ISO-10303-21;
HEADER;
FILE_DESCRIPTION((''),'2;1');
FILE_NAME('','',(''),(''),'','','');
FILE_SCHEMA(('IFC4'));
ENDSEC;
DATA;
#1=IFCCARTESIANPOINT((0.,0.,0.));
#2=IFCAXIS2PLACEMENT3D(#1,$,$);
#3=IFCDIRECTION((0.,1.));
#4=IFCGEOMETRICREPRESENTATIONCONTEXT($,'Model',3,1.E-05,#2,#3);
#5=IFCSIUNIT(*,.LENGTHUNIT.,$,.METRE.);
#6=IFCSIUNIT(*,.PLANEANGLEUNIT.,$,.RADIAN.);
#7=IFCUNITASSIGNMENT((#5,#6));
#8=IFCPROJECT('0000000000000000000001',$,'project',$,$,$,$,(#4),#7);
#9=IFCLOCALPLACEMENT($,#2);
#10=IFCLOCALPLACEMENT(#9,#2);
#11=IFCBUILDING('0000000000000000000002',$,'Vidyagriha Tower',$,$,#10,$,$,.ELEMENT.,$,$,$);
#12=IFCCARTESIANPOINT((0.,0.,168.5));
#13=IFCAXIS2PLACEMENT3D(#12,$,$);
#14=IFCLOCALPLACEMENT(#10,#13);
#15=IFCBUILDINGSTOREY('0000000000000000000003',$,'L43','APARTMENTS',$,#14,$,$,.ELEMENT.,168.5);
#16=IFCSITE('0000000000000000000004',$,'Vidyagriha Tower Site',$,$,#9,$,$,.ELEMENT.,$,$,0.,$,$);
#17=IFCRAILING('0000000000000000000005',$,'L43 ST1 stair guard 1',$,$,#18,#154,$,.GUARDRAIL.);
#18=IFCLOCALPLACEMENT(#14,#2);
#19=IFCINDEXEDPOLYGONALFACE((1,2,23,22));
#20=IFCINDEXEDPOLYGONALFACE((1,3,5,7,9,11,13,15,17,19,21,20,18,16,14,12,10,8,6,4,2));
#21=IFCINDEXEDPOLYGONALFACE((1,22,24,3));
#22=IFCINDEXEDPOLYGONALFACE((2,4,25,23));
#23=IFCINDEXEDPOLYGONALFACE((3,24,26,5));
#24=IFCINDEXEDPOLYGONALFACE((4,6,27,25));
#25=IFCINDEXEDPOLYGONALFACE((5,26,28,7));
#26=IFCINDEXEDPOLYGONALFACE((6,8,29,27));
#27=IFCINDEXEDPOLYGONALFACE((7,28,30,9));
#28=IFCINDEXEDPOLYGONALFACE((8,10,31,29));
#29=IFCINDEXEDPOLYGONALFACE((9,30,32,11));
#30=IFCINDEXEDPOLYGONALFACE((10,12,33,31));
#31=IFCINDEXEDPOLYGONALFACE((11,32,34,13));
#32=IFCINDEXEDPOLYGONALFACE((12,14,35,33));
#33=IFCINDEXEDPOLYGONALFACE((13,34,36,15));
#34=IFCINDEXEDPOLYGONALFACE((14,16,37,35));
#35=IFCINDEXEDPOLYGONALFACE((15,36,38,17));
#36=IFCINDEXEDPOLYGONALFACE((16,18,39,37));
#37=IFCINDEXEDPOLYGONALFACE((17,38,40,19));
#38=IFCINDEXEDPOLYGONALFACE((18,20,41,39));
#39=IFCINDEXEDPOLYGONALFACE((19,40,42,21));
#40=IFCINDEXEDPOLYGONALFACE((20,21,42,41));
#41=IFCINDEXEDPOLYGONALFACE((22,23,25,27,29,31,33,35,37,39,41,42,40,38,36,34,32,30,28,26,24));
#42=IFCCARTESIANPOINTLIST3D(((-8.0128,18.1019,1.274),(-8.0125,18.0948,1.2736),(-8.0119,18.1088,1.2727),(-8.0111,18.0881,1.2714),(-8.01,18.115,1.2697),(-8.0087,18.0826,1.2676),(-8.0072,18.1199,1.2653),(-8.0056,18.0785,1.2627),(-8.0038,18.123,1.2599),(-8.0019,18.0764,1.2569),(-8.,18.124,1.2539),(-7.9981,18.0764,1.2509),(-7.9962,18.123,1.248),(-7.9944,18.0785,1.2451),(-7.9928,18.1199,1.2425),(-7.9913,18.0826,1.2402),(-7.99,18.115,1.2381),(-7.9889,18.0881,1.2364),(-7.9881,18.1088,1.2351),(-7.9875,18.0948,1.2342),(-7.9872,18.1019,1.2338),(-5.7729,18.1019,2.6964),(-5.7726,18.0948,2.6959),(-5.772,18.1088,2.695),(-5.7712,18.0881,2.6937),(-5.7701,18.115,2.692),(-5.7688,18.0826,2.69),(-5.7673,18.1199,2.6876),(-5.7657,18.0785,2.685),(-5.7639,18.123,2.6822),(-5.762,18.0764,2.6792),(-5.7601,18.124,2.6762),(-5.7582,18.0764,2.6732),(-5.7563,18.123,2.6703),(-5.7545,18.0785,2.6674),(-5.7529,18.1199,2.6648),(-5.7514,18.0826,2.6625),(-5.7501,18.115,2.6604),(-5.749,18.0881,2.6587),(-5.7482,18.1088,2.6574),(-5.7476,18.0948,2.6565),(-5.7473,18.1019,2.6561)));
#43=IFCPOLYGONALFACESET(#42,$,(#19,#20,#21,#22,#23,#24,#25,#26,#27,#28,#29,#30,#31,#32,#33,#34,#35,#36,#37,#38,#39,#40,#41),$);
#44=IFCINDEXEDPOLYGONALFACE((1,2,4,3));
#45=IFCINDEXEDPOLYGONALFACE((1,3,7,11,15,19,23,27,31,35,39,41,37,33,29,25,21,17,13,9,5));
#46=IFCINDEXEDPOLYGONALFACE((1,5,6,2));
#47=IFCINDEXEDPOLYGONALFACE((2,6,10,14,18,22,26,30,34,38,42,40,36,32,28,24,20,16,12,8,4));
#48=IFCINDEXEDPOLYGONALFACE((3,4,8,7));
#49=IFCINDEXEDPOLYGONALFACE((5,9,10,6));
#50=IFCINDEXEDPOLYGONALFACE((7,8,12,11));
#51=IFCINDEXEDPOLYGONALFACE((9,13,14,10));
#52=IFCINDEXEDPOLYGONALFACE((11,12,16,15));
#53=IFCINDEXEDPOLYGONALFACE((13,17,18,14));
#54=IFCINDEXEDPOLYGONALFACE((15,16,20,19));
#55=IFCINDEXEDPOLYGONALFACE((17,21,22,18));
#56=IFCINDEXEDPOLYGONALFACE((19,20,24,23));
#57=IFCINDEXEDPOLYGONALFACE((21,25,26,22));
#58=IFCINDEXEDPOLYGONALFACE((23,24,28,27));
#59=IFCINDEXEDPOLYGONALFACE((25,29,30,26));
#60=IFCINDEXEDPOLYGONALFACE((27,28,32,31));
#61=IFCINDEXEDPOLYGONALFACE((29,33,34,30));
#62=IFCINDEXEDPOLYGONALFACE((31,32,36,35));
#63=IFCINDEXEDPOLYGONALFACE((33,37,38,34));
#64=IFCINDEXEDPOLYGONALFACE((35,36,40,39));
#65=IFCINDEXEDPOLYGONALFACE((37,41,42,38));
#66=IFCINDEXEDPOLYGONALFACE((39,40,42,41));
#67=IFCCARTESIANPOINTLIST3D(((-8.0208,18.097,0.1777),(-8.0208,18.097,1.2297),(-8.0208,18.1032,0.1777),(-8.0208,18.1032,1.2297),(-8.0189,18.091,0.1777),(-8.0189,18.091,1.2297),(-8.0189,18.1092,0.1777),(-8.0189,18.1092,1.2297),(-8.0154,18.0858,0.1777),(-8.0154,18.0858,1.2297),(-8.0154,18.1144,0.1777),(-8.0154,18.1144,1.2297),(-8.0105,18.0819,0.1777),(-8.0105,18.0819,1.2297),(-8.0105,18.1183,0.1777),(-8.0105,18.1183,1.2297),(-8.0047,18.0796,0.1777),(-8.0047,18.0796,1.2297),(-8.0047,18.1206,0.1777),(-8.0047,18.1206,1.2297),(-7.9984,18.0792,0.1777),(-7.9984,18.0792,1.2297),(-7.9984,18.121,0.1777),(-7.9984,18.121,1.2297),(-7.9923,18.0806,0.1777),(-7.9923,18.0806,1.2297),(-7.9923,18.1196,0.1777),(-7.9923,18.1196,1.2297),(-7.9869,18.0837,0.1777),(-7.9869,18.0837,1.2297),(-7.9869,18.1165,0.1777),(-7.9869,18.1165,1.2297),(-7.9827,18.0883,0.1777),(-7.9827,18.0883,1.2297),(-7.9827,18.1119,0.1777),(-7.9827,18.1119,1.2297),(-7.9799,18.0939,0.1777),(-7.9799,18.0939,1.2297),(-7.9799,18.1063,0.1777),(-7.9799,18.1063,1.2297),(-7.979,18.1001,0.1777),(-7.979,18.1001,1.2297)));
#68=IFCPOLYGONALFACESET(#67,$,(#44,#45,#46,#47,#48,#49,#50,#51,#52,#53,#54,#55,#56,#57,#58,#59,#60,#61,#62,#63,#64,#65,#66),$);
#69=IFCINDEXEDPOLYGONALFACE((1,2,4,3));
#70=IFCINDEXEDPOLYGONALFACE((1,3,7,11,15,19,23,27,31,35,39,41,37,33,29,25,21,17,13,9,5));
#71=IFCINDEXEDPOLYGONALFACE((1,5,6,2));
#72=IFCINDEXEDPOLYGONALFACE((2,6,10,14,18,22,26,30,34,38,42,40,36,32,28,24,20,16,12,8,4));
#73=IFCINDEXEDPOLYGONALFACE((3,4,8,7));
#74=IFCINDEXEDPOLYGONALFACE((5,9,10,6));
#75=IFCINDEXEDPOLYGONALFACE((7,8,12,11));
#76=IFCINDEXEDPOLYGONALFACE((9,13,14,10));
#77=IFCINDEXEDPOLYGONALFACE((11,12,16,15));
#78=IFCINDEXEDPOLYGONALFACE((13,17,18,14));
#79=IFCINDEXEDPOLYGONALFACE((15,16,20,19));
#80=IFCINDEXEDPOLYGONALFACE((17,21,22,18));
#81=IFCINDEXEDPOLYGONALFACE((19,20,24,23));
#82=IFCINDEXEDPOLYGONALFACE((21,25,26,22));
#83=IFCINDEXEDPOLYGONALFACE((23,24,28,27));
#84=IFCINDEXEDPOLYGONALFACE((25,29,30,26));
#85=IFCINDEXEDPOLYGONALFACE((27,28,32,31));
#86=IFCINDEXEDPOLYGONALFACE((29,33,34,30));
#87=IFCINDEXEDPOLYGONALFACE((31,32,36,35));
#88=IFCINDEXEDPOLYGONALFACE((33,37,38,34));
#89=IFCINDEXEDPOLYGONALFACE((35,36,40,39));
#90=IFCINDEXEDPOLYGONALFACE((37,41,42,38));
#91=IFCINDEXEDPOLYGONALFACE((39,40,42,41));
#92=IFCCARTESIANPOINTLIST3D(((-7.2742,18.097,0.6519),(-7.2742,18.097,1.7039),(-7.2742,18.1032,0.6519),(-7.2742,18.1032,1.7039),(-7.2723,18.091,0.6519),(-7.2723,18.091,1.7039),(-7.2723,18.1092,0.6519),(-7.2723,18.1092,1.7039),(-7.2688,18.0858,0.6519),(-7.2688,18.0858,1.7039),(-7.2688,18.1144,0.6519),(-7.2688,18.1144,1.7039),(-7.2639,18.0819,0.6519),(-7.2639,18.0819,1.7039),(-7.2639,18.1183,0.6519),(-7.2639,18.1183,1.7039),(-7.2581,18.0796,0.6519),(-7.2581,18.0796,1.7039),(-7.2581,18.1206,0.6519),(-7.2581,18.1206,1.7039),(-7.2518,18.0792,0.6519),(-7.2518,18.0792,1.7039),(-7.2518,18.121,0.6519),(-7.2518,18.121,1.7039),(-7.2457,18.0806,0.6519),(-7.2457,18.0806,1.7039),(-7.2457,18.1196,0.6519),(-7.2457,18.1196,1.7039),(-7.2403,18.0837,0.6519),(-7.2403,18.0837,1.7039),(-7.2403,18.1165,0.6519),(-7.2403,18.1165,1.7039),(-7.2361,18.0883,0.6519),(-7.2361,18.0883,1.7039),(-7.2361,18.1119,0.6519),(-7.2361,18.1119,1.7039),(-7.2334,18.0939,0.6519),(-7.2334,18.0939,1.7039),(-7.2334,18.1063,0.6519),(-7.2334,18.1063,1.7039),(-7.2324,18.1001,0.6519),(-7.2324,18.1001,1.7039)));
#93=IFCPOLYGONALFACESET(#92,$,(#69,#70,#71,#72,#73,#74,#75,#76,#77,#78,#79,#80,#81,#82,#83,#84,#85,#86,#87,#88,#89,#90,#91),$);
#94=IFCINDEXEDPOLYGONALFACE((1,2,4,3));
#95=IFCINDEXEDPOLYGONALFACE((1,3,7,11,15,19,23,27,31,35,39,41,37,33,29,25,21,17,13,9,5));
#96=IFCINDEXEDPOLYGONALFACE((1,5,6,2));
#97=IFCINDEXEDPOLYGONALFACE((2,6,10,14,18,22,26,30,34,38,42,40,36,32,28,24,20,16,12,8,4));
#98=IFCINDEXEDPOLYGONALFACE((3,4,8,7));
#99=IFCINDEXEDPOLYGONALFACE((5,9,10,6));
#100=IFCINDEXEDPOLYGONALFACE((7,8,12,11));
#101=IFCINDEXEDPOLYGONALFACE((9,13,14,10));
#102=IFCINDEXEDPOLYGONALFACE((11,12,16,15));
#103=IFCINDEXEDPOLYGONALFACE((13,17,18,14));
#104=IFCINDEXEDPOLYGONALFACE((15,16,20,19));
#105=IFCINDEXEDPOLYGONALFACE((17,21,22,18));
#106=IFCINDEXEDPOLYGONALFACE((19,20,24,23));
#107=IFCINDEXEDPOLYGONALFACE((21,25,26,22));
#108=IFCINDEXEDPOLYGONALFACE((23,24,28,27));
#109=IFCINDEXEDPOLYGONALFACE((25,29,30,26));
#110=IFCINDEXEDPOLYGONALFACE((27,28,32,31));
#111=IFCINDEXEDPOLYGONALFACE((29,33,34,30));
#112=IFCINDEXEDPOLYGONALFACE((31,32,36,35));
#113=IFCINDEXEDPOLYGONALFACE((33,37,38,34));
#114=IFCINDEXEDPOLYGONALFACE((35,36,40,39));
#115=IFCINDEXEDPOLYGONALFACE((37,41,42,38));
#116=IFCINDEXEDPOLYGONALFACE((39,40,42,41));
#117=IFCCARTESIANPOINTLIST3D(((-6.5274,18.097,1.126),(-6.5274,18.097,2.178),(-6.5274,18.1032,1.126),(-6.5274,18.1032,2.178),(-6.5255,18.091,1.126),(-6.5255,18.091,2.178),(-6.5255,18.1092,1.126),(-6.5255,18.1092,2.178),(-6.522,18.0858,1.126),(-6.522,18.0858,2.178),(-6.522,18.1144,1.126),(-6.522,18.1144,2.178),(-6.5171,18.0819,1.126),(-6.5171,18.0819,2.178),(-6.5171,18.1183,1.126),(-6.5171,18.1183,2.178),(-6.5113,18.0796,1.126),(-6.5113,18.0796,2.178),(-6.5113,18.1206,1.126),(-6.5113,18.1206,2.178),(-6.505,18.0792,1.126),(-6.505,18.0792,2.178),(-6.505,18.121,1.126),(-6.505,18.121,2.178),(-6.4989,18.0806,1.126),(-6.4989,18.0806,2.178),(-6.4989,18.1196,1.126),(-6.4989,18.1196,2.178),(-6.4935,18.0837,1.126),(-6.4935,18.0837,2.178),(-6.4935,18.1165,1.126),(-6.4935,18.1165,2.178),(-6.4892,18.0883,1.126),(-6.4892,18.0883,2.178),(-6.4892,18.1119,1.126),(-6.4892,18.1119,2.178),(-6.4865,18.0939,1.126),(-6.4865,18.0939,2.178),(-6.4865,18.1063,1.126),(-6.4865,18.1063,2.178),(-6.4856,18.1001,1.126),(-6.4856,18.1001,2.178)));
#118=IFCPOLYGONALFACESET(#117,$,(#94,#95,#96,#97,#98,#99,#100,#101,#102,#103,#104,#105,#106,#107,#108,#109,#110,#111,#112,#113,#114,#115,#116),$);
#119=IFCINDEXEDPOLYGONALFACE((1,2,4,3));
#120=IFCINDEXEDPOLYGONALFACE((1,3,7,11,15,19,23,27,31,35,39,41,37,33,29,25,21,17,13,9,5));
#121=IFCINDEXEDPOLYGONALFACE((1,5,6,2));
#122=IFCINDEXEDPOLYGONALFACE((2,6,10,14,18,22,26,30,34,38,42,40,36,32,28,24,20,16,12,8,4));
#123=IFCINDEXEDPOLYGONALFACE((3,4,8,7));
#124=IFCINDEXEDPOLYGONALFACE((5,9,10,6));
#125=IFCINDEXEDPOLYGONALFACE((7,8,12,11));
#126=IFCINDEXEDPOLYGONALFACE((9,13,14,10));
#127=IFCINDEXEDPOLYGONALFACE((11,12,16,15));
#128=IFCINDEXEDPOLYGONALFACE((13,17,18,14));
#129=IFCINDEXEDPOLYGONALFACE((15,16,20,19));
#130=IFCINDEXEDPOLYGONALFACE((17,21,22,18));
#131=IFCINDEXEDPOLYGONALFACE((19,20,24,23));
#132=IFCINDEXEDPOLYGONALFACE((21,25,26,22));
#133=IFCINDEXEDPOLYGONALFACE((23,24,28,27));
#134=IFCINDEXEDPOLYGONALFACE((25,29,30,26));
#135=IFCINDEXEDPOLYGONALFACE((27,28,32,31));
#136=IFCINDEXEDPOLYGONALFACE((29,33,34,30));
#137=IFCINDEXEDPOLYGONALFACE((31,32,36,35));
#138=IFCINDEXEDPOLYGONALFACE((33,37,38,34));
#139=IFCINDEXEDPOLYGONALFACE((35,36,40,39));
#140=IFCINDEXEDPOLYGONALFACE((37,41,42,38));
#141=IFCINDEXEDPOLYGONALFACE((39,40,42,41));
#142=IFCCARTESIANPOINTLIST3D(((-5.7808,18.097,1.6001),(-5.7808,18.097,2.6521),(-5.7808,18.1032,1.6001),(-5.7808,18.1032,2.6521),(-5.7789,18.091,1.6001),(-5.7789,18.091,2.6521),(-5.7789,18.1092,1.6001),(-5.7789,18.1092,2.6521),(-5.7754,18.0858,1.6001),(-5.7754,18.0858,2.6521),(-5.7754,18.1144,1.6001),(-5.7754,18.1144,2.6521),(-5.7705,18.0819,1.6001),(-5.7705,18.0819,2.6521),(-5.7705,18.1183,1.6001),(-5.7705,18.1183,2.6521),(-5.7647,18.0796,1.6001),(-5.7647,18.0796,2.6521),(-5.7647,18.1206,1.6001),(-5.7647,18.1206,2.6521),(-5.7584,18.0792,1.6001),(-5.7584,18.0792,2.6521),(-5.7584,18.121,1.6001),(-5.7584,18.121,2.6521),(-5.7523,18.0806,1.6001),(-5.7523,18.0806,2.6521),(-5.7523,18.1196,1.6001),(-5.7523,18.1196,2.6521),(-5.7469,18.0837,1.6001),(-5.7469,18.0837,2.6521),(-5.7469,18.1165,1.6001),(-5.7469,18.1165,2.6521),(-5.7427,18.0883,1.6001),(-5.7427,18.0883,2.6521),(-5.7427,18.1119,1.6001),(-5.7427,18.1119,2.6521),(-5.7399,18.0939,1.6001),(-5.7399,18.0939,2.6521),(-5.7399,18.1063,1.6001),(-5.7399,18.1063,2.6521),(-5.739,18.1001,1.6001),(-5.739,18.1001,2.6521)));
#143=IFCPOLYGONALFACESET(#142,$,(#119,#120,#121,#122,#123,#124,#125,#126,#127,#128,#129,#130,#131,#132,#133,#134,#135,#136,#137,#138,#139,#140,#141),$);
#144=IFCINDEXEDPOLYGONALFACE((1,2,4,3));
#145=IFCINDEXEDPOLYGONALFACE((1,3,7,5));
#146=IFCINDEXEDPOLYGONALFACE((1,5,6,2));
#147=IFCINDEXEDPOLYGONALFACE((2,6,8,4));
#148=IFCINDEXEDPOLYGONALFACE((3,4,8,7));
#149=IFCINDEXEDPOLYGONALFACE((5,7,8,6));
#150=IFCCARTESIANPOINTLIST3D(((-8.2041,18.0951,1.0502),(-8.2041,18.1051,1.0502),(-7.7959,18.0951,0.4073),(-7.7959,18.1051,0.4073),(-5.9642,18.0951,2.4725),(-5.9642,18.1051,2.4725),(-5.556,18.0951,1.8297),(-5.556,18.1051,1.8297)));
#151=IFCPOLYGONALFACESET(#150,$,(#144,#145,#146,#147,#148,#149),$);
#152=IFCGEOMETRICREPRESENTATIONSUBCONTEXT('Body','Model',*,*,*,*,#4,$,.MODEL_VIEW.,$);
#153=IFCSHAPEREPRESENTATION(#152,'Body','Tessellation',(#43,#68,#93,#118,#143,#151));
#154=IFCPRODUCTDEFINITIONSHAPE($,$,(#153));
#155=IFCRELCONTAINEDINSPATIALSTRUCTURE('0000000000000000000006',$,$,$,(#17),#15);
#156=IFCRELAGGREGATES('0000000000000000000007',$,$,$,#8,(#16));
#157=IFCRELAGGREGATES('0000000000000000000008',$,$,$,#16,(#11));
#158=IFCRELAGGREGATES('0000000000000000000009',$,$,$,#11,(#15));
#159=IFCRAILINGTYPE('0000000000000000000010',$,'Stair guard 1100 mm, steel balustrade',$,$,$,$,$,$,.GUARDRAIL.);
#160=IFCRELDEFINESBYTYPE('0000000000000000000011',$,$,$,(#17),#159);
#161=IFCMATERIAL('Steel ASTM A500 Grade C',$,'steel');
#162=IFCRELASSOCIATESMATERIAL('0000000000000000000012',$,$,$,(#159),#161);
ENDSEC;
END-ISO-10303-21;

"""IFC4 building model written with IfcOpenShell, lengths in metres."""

from ifc_helpers import new_model, si_unit, direction, frame, origin, origin_2d, place, context, subcontext, project, spatial, rectangle, circle, extrude, material, type_object, element, save


model = new_model("IFC4")

# Units and contexts
model_context = context("Model", 3, precision=1e-05, world=origin(), true_north=direction((0.0, 1.0)))
body_context = subcontext(model_context, "Body", "Model", "MODEL_VIEW")
ifc_project = project(units=[si_unit("LENGTHUNIT", "METRE"), si_unit("PLANEANGLEUNIT", "RADIAN")], contexts=[model_context])

# Site, building, storey
site_placement = place(None, origin())
site = spatial("IfcSite", under=ifc_project, at=site_placement, Name="Vidyagriha Tower Site", CompositionType="ELEMENT", RefElevation=0.0)
building_placement = place(site_placement, origin())
building = spatial("IfcBuilding", under=site, at=building_placement, Name="Vidyagriha Tower", CompositionType="ELEMENT")
storey_placement = place(building_placement, frame((0.0, 0.0, 168.5)))
storey = spatial("IfcBuildingStorey", under=building, at=storey_placement, Name="L43", Description="APARTMENTS", CompositionType="ELEMENT", Elevation=168.5)

# Railing
ifc_material_1 = material(Name="Steel ASTM A500 Grade C", Category="steel")
railing_type_1 = type_object("IfcRailingType", Name="Stair guard 1100 mm, steel balustrade", PredefinedType="GUARDRAIL", material=ifc_material_1)
railing_1_placement = place(storey_placement, frame((-8.0, 18.1001, 0.1777)))
element("IfcRailing", 1, at=railing_1_placement, inside=storey, type_object=railing_type_1, Name="L43 ST1 stair guard 1", PredefinedType="GUARDRAIL", context=body_context, shape_type="SweptSolid", body=[
    extrude(circle(Radius=0.0239, at=origin_2d()), frame((0.0, 0.0, 1.0762), z_axis=(0.844188, 0.0, 0.536048), x_axis=(0.0, 1.0, 0.0)), (0.0, 0.0, 1.0), 2.6533),
    extrude(circle(Radius=0.021, at=origin_2d()), origin(), (0.0, 0.0, 1.0), 1.052),
    extrude(circle(Radius=0.021, at=origin_2d()), frame((0.7466, 0.0, 0.4741)), (0.0, 0.0, 1.0), 1.052),
    extrude(circle(Radius=0.021, at=origin_2d()), frame((1.4934, 0.0, 0.9482)), (0.0, 0.0, 1.0), 1.052),
    extrude(circle(Radius=0.021, at=origin_2d()), frame((2.24, 0.0, 1.4224)), (0.0, 0.0, 1.0), 1.052),
    extrude(rectangle(XDim=0.01, YDim=0.7615, at=origin_2d()), frame((0.0, 0.0, 0.551), z_axis=(0.844188, 0.0, 0.536048), x_axis=(0.0, 1.0, 0.0)), (0.0, 0.0, 1.0), 2.6533),
])

save(model, "model.ifc")
